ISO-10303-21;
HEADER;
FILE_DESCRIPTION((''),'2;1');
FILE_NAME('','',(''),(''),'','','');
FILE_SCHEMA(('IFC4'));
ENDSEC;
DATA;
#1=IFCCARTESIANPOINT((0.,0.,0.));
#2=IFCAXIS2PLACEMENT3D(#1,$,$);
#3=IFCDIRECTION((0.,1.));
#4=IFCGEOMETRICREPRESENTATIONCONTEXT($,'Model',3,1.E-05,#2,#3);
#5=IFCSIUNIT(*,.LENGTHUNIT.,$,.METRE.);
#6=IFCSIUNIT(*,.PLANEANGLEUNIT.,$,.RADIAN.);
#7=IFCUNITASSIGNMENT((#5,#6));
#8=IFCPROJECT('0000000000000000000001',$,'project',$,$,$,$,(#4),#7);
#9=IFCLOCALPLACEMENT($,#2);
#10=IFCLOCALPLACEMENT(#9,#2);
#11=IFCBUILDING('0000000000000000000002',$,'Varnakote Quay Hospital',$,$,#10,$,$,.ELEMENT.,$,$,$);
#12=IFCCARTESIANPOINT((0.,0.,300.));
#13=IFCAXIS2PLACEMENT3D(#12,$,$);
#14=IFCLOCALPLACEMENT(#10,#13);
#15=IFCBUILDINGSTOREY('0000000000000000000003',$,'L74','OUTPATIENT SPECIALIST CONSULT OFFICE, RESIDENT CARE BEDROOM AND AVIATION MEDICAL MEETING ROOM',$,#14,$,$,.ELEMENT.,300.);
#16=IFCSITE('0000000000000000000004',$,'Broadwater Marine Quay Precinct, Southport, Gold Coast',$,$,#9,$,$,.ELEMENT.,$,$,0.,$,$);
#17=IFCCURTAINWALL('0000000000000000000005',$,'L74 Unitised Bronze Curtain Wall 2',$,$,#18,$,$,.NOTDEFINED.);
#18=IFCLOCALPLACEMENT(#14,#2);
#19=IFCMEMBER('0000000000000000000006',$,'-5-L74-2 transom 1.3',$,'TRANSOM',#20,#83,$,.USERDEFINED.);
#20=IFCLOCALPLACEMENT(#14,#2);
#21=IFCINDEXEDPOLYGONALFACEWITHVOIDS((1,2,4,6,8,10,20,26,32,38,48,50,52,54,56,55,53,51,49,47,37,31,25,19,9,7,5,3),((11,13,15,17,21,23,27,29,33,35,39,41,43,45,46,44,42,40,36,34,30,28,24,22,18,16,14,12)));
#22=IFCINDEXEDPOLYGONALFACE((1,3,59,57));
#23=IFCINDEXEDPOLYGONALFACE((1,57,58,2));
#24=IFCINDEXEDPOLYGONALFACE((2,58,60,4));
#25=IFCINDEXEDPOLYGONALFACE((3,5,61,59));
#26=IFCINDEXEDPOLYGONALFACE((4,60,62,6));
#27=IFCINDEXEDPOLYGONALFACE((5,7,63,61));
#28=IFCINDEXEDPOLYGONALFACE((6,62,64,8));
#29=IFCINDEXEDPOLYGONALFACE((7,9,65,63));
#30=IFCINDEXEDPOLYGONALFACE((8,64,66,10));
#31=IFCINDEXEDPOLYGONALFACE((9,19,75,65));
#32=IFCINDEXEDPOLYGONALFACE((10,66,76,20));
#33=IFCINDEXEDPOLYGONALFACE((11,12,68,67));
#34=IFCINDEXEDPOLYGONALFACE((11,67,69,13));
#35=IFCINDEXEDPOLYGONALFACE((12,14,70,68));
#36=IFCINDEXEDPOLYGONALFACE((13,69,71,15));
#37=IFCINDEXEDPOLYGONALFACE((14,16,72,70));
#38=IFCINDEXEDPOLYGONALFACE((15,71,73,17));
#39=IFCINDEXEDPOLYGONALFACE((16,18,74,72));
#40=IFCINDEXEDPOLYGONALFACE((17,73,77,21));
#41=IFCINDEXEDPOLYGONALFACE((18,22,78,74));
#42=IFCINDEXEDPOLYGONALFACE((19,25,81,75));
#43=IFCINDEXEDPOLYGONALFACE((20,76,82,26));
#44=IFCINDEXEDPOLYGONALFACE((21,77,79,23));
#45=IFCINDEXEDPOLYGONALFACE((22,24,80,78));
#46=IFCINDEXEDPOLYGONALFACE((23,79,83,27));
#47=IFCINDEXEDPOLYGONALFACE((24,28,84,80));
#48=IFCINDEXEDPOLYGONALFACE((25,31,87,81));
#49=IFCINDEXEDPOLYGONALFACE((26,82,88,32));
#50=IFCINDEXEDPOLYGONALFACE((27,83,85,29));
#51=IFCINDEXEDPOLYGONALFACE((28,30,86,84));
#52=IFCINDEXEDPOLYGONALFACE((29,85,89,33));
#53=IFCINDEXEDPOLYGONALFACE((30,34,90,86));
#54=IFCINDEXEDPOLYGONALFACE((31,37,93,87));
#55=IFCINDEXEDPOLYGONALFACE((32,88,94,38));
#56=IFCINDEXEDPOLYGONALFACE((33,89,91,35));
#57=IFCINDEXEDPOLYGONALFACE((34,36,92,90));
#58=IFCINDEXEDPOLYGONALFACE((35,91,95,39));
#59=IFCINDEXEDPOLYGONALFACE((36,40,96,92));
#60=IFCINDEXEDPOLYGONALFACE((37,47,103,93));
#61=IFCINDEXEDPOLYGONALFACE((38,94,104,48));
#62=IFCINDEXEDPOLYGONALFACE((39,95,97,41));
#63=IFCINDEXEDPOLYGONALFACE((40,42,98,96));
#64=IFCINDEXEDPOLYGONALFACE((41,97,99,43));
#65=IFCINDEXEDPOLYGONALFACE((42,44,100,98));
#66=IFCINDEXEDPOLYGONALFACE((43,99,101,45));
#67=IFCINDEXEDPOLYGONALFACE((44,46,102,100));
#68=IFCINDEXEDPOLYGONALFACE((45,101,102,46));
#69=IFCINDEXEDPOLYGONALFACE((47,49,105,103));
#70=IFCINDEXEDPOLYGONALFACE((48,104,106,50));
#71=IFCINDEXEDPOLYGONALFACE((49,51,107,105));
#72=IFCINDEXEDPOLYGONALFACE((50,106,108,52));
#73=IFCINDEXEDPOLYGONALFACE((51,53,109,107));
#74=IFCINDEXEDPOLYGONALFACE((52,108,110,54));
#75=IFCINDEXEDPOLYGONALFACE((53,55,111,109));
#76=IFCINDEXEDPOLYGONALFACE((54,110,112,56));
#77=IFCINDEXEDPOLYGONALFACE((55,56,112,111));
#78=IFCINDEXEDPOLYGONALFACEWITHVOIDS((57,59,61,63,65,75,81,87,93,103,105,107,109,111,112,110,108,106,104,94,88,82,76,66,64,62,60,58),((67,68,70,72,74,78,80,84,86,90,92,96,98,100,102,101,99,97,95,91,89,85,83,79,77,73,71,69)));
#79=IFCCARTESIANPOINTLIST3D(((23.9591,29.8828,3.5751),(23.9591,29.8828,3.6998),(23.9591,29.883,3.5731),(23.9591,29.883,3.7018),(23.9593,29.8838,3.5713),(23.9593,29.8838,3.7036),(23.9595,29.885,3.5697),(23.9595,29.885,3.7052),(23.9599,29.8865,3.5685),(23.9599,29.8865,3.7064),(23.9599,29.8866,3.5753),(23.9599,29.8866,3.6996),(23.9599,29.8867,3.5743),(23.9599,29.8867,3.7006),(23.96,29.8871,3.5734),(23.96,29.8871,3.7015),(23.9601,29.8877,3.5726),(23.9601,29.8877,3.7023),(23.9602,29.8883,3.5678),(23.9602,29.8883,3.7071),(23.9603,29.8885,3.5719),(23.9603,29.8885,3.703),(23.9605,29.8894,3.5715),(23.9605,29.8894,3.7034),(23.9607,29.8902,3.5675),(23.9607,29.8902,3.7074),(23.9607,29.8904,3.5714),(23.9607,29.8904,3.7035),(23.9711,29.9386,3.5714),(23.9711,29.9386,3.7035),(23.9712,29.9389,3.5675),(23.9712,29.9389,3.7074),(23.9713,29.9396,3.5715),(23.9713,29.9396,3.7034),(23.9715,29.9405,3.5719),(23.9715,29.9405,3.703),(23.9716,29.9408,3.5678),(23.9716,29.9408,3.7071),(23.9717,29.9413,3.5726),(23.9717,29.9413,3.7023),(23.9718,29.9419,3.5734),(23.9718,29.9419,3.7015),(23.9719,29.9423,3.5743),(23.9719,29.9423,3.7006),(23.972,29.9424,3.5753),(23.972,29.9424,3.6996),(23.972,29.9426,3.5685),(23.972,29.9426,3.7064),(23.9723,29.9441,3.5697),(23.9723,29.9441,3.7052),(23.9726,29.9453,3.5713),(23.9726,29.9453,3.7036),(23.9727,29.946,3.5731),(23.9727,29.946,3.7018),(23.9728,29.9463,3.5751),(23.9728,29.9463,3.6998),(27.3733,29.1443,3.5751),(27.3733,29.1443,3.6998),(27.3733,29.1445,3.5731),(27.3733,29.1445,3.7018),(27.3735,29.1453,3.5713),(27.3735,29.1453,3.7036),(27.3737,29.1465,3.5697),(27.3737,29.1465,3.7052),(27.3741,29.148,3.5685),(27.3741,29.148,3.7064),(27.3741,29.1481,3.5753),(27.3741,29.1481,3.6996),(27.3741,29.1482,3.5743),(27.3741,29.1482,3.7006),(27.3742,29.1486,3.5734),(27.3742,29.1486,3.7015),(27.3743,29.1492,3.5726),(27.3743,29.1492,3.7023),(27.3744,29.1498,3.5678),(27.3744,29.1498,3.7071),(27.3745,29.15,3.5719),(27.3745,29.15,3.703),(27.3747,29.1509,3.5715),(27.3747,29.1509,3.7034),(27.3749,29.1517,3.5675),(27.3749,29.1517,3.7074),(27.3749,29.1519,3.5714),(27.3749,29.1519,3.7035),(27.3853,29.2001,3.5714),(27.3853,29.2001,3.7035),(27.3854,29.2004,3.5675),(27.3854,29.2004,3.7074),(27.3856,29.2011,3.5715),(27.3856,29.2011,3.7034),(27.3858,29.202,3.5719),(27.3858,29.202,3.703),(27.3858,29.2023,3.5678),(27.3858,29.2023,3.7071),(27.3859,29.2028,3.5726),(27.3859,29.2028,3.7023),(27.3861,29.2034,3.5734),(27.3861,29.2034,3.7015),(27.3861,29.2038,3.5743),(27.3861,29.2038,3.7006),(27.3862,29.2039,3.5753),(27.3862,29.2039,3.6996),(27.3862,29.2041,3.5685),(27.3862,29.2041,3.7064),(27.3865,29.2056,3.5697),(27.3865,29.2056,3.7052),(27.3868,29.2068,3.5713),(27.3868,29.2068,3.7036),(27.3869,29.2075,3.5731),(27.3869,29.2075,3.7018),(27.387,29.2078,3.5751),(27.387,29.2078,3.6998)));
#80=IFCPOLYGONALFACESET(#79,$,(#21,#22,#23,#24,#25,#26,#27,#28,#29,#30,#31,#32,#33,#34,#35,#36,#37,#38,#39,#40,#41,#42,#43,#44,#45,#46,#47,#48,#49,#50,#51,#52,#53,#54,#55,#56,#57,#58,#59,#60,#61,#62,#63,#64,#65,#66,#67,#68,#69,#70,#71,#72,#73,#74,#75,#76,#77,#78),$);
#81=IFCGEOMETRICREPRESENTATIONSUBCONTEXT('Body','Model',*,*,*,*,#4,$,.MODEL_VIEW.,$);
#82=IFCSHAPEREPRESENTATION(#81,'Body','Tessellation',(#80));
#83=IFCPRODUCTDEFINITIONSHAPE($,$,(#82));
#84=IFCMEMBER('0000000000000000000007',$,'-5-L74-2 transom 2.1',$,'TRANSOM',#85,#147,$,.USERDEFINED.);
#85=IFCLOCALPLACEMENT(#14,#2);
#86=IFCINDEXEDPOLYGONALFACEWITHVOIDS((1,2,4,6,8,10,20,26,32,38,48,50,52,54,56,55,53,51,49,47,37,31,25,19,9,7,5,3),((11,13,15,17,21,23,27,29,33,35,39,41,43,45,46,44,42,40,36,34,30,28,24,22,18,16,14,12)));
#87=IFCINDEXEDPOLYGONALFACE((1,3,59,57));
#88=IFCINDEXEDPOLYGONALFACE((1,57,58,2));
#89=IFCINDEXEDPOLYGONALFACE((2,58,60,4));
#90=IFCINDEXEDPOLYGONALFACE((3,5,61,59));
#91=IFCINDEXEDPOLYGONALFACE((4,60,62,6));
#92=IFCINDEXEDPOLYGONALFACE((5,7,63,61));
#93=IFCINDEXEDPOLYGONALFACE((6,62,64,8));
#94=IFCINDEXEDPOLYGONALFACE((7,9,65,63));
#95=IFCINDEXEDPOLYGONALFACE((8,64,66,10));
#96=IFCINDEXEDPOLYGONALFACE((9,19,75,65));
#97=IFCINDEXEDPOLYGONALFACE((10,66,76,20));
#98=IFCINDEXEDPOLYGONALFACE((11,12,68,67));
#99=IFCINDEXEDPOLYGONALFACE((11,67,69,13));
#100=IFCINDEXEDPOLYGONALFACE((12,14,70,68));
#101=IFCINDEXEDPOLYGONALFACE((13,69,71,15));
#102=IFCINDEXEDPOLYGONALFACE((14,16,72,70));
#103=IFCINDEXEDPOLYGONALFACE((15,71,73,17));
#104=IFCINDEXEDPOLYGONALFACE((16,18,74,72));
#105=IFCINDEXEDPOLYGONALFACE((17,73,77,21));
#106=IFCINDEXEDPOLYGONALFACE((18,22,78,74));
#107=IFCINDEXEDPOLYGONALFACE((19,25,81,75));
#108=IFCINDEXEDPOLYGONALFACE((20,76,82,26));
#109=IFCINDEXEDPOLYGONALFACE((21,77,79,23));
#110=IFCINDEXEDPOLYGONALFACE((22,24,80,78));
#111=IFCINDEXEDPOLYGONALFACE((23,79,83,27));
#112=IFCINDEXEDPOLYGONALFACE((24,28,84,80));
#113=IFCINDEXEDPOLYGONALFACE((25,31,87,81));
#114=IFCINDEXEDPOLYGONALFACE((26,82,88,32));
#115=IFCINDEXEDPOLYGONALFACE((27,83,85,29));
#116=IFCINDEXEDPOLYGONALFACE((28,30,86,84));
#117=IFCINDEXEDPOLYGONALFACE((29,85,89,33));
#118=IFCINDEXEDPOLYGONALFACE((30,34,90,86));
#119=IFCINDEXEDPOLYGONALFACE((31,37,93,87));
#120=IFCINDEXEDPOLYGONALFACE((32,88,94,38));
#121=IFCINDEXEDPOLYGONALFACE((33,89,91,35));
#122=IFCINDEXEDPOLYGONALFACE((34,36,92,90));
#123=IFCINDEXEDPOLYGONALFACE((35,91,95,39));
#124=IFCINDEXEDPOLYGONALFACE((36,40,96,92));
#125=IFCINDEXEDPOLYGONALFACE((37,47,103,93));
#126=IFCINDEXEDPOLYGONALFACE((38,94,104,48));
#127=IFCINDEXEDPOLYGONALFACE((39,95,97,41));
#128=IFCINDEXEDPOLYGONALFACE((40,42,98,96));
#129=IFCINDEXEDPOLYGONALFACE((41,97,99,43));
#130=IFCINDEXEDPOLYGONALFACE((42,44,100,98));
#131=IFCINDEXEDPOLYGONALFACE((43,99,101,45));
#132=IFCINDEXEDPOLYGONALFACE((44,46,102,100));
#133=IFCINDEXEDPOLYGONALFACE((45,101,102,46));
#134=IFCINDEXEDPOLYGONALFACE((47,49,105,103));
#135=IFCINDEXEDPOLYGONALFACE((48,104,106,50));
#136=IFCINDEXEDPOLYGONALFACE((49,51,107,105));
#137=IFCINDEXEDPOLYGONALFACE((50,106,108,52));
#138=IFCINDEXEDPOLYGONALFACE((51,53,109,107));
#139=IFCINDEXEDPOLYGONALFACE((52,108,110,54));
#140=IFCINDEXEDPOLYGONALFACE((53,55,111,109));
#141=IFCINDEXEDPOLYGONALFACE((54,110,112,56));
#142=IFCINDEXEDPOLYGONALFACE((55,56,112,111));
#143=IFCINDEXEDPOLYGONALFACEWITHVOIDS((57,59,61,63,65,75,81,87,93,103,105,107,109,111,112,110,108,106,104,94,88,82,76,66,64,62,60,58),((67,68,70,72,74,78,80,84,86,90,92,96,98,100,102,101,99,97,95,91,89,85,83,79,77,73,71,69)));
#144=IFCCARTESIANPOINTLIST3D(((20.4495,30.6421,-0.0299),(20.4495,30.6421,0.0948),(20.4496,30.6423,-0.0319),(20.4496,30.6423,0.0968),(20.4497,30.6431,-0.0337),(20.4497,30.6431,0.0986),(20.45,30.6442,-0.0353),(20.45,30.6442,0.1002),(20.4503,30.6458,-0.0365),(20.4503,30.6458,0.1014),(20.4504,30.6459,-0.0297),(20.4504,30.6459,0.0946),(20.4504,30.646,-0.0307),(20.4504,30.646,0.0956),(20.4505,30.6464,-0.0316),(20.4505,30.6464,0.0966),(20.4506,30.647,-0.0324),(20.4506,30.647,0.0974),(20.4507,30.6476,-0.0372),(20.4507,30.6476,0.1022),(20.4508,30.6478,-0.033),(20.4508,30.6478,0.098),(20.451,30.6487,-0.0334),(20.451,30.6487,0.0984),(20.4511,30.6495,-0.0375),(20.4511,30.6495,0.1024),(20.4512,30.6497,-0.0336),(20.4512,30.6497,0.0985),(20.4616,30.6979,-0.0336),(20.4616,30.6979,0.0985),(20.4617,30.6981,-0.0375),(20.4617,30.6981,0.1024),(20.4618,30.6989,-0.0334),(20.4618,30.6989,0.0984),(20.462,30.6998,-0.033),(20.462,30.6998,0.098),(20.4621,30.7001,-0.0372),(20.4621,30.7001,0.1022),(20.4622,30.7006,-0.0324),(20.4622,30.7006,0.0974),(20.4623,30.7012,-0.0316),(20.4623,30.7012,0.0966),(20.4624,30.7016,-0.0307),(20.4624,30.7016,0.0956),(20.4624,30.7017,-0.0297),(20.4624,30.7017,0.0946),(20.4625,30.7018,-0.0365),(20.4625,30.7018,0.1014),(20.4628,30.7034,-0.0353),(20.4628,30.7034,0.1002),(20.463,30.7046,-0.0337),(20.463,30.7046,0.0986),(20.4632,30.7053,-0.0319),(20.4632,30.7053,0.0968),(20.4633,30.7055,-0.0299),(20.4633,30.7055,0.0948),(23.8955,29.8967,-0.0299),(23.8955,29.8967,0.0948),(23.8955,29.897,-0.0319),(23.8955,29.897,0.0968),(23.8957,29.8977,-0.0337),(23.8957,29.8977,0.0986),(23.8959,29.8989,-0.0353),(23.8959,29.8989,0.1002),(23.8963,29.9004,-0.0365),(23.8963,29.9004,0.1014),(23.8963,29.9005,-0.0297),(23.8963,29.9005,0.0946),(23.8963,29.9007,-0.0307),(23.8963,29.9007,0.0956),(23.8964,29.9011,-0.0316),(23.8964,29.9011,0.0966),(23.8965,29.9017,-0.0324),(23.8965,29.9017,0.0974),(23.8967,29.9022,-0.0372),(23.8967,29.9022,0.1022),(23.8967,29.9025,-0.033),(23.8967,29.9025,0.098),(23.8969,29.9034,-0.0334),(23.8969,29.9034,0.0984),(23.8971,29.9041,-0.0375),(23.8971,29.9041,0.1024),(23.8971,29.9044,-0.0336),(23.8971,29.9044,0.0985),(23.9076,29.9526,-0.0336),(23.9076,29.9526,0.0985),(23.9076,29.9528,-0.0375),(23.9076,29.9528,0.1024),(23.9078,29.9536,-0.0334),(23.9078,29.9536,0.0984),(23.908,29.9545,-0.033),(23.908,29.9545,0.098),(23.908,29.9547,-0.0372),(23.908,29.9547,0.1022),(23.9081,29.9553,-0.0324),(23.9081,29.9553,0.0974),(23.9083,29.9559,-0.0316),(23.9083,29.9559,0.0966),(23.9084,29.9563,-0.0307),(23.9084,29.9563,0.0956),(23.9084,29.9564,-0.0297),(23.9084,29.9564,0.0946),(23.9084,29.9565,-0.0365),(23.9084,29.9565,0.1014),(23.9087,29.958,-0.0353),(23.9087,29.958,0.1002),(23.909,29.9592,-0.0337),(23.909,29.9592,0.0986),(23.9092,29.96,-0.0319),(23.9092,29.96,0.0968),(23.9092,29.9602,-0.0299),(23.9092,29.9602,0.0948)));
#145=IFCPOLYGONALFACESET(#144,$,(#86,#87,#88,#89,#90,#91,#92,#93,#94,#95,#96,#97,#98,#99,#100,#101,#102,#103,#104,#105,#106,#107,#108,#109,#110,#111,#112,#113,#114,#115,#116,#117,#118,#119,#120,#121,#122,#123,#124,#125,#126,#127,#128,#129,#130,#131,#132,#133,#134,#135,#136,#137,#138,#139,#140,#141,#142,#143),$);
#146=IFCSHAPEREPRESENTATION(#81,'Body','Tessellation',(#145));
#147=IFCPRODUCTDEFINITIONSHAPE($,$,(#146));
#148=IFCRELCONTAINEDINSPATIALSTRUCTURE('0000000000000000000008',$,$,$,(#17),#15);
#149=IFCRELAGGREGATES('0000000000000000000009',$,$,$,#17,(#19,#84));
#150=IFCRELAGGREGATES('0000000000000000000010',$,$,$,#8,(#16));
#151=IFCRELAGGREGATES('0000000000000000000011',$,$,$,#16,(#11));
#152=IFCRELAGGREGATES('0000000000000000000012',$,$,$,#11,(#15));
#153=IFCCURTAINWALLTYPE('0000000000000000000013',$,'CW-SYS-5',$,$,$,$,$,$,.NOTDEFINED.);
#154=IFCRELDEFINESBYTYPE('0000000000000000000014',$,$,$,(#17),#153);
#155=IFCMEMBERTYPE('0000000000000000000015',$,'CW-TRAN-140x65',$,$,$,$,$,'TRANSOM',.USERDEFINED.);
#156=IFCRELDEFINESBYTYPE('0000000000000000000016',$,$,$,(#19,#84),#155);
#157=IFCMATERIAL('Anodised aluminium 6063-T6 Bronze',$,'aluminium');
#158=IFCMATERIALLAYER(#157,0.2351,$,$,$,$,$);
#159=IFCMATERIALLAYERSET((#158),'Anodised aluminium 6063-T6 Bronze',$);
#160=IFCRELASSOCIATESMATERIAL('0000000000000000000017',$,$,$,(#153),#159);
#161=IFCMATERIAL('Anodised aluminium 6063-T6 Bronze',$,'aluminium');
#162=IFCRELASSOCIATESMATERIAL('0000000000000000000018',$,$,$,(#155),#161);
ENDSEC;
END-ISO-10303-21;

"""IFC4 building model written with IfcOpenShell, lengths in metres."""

from ifc_helpers import new_model, si_unit, direction, frame, origin, origin_2d, place, context, subcontext, project, spatial, hollow_rectangle, extrude, material, layer, layer_set, material_profile, profile_set, type_object, element, aggregate, save


model = new_model("IFC4")

# Units and contexts
model_context = context("Model", 3, precision=1e-05, world=origin(), true_north=direction((0.0, 1.0)))
body_context = subcontext(model_context, "Body", "Model", "MODEL_VIEW")
ifc_project = project(units=[si_unit("LENGTHUNIT", "METRE"), si_unit("PLANEANGLEUNIT", "RADIAN")], contexts=[model_context])

# Site, building, storey
site_placement = place(None, origin())
site = spatial("IfcSite", under=ifc_project, at=site_placement, Name="Broadwater Marine Quay Precinct, Southport, Gold Coast", CompositionType="ELEMENT", RefElevation=0.0)
building_placement = place(site_placement, origin())
building = spatial("IfcBuilding", under=site, at=building_placement, Name="Varnakote Quay Hospital", CompositionType="ELEMENT")
storey_placement = place(building_placement, frame((0.0, 0.0, 300.0)))
storey = spatial("IfcBuildingStorey", under=building, at=storey_placement, Name="L74", Description="OUTPATIENT SPECIALIST CONSULT OFFICE, RESIDENT CARE BEDROOM AND AVIATION MEDICAL MEETING ROOM", CompositionType="ELEMENT", Elevation=300.0)

# Shared definitions
ifc_material_1 = material(Name="Anodised aluminium 6063-T6 Bronze", Category="aluminium")
ifc_layer_1 = layer(ifc_material_1, 0.2351)
ifc_layer_set_1 = layer_set([ifc_layer_1], Name="Anodised aluminium 6063-T6 Bronze")
curtain_wall_type = type_object("IfcCurtainWallType", Name="CW-SYS-5", PredefinedType="NOTDEFINED", material=ifc_layer_set_1)

# Curtain wall, members
curtain_wall_1_placement = place(storey_placement, origin())
curtain_wall_1 = element("IfcCurtainWall", 1, at=curtain_wall_1_placement, inside=storey, type_object=curtain_wall_type, Name="L74 Unitised Bronze Curtain Wall 2", PredefinedType="NOTDEFINED")
ifc_material_2 = material(Name="Anodised aluminium 6063-T6 Bronze", Category="aluminium")
ifc_material_profile_1 = material_profile(ifc_material_2, hollow_rectangle(XDim=0.0649, YDim=0.1399, WallThickness=0.0039, InnerFilletRadius=0.0039, OuterFilletRadius=0.0076, at=origin_2d()), Name="CW-TRAN-140x65")
ifc_profile_set_1 = profile_set([ifc_material_profile_1], Name="Anodised aluminium 6063-T6 Bronze")
member_type_1 = type_object("IfcMemberType", Name="CW-TRAN-140x65", ElementType="TRANSOM", PredefinedType="USERDEFINED", material=ifc_profile_set_1)
member_1_placement = place(storey_placement, frame((27.3801, 29.176, 3.6375), z_axis=(-0.977397, 0.211414, 0.0), x_axis=(-0.211414, -0.977397, 0.0)))
member_1 = element("IfcMember", 2, at=member_1_placement, type_object=member_type_1, Name="-5-L74-2 transom 1.3", ObjectType="TRANSOM", PredefinedType="USERDEFINED", context=body_context, shape_type="SweptSolid", body=[
    extrude(hollow_rectangle(XDim=0.0649, YDim=0.1399, WallThickness=0.0039, InnerFilletRadius=0.0039, OuterFilletRadius=0.0076, at=origin_2d()), origin(), (0.0, 0.0, 1.0), 3.4932),
])
member_2_placement = place(storey_placement, frame((23.9023, 29.9285, 0.0325), z_axis=(-0.977398, 0.211406, 0.0), x_axis=(-0.211406, -0.977398, 0.0)))
member_2 = element("IfcMember", 3, at=member_2_placement, type_object=member_type_1, Name="-5-L74-2 transom 2.1", ObjectType="TRANSOM", PredefinedType="USERDEFINED", context=body_context, shape_type="SweptSolid", body=[
    extrude(hollow_rectangle(XDim=0.0649, YDim=0.1399, WallThickness=0.0039, InnerFilletRadius=0.0039, OuterFilletRadius=0.0076, at=origin_2d()), origin(), (0.0, 0.0, 1.0), 3.5256),
])
aggregate(curtain_wall_1, [member_1, member_2])

save(model, "model.ifc")
